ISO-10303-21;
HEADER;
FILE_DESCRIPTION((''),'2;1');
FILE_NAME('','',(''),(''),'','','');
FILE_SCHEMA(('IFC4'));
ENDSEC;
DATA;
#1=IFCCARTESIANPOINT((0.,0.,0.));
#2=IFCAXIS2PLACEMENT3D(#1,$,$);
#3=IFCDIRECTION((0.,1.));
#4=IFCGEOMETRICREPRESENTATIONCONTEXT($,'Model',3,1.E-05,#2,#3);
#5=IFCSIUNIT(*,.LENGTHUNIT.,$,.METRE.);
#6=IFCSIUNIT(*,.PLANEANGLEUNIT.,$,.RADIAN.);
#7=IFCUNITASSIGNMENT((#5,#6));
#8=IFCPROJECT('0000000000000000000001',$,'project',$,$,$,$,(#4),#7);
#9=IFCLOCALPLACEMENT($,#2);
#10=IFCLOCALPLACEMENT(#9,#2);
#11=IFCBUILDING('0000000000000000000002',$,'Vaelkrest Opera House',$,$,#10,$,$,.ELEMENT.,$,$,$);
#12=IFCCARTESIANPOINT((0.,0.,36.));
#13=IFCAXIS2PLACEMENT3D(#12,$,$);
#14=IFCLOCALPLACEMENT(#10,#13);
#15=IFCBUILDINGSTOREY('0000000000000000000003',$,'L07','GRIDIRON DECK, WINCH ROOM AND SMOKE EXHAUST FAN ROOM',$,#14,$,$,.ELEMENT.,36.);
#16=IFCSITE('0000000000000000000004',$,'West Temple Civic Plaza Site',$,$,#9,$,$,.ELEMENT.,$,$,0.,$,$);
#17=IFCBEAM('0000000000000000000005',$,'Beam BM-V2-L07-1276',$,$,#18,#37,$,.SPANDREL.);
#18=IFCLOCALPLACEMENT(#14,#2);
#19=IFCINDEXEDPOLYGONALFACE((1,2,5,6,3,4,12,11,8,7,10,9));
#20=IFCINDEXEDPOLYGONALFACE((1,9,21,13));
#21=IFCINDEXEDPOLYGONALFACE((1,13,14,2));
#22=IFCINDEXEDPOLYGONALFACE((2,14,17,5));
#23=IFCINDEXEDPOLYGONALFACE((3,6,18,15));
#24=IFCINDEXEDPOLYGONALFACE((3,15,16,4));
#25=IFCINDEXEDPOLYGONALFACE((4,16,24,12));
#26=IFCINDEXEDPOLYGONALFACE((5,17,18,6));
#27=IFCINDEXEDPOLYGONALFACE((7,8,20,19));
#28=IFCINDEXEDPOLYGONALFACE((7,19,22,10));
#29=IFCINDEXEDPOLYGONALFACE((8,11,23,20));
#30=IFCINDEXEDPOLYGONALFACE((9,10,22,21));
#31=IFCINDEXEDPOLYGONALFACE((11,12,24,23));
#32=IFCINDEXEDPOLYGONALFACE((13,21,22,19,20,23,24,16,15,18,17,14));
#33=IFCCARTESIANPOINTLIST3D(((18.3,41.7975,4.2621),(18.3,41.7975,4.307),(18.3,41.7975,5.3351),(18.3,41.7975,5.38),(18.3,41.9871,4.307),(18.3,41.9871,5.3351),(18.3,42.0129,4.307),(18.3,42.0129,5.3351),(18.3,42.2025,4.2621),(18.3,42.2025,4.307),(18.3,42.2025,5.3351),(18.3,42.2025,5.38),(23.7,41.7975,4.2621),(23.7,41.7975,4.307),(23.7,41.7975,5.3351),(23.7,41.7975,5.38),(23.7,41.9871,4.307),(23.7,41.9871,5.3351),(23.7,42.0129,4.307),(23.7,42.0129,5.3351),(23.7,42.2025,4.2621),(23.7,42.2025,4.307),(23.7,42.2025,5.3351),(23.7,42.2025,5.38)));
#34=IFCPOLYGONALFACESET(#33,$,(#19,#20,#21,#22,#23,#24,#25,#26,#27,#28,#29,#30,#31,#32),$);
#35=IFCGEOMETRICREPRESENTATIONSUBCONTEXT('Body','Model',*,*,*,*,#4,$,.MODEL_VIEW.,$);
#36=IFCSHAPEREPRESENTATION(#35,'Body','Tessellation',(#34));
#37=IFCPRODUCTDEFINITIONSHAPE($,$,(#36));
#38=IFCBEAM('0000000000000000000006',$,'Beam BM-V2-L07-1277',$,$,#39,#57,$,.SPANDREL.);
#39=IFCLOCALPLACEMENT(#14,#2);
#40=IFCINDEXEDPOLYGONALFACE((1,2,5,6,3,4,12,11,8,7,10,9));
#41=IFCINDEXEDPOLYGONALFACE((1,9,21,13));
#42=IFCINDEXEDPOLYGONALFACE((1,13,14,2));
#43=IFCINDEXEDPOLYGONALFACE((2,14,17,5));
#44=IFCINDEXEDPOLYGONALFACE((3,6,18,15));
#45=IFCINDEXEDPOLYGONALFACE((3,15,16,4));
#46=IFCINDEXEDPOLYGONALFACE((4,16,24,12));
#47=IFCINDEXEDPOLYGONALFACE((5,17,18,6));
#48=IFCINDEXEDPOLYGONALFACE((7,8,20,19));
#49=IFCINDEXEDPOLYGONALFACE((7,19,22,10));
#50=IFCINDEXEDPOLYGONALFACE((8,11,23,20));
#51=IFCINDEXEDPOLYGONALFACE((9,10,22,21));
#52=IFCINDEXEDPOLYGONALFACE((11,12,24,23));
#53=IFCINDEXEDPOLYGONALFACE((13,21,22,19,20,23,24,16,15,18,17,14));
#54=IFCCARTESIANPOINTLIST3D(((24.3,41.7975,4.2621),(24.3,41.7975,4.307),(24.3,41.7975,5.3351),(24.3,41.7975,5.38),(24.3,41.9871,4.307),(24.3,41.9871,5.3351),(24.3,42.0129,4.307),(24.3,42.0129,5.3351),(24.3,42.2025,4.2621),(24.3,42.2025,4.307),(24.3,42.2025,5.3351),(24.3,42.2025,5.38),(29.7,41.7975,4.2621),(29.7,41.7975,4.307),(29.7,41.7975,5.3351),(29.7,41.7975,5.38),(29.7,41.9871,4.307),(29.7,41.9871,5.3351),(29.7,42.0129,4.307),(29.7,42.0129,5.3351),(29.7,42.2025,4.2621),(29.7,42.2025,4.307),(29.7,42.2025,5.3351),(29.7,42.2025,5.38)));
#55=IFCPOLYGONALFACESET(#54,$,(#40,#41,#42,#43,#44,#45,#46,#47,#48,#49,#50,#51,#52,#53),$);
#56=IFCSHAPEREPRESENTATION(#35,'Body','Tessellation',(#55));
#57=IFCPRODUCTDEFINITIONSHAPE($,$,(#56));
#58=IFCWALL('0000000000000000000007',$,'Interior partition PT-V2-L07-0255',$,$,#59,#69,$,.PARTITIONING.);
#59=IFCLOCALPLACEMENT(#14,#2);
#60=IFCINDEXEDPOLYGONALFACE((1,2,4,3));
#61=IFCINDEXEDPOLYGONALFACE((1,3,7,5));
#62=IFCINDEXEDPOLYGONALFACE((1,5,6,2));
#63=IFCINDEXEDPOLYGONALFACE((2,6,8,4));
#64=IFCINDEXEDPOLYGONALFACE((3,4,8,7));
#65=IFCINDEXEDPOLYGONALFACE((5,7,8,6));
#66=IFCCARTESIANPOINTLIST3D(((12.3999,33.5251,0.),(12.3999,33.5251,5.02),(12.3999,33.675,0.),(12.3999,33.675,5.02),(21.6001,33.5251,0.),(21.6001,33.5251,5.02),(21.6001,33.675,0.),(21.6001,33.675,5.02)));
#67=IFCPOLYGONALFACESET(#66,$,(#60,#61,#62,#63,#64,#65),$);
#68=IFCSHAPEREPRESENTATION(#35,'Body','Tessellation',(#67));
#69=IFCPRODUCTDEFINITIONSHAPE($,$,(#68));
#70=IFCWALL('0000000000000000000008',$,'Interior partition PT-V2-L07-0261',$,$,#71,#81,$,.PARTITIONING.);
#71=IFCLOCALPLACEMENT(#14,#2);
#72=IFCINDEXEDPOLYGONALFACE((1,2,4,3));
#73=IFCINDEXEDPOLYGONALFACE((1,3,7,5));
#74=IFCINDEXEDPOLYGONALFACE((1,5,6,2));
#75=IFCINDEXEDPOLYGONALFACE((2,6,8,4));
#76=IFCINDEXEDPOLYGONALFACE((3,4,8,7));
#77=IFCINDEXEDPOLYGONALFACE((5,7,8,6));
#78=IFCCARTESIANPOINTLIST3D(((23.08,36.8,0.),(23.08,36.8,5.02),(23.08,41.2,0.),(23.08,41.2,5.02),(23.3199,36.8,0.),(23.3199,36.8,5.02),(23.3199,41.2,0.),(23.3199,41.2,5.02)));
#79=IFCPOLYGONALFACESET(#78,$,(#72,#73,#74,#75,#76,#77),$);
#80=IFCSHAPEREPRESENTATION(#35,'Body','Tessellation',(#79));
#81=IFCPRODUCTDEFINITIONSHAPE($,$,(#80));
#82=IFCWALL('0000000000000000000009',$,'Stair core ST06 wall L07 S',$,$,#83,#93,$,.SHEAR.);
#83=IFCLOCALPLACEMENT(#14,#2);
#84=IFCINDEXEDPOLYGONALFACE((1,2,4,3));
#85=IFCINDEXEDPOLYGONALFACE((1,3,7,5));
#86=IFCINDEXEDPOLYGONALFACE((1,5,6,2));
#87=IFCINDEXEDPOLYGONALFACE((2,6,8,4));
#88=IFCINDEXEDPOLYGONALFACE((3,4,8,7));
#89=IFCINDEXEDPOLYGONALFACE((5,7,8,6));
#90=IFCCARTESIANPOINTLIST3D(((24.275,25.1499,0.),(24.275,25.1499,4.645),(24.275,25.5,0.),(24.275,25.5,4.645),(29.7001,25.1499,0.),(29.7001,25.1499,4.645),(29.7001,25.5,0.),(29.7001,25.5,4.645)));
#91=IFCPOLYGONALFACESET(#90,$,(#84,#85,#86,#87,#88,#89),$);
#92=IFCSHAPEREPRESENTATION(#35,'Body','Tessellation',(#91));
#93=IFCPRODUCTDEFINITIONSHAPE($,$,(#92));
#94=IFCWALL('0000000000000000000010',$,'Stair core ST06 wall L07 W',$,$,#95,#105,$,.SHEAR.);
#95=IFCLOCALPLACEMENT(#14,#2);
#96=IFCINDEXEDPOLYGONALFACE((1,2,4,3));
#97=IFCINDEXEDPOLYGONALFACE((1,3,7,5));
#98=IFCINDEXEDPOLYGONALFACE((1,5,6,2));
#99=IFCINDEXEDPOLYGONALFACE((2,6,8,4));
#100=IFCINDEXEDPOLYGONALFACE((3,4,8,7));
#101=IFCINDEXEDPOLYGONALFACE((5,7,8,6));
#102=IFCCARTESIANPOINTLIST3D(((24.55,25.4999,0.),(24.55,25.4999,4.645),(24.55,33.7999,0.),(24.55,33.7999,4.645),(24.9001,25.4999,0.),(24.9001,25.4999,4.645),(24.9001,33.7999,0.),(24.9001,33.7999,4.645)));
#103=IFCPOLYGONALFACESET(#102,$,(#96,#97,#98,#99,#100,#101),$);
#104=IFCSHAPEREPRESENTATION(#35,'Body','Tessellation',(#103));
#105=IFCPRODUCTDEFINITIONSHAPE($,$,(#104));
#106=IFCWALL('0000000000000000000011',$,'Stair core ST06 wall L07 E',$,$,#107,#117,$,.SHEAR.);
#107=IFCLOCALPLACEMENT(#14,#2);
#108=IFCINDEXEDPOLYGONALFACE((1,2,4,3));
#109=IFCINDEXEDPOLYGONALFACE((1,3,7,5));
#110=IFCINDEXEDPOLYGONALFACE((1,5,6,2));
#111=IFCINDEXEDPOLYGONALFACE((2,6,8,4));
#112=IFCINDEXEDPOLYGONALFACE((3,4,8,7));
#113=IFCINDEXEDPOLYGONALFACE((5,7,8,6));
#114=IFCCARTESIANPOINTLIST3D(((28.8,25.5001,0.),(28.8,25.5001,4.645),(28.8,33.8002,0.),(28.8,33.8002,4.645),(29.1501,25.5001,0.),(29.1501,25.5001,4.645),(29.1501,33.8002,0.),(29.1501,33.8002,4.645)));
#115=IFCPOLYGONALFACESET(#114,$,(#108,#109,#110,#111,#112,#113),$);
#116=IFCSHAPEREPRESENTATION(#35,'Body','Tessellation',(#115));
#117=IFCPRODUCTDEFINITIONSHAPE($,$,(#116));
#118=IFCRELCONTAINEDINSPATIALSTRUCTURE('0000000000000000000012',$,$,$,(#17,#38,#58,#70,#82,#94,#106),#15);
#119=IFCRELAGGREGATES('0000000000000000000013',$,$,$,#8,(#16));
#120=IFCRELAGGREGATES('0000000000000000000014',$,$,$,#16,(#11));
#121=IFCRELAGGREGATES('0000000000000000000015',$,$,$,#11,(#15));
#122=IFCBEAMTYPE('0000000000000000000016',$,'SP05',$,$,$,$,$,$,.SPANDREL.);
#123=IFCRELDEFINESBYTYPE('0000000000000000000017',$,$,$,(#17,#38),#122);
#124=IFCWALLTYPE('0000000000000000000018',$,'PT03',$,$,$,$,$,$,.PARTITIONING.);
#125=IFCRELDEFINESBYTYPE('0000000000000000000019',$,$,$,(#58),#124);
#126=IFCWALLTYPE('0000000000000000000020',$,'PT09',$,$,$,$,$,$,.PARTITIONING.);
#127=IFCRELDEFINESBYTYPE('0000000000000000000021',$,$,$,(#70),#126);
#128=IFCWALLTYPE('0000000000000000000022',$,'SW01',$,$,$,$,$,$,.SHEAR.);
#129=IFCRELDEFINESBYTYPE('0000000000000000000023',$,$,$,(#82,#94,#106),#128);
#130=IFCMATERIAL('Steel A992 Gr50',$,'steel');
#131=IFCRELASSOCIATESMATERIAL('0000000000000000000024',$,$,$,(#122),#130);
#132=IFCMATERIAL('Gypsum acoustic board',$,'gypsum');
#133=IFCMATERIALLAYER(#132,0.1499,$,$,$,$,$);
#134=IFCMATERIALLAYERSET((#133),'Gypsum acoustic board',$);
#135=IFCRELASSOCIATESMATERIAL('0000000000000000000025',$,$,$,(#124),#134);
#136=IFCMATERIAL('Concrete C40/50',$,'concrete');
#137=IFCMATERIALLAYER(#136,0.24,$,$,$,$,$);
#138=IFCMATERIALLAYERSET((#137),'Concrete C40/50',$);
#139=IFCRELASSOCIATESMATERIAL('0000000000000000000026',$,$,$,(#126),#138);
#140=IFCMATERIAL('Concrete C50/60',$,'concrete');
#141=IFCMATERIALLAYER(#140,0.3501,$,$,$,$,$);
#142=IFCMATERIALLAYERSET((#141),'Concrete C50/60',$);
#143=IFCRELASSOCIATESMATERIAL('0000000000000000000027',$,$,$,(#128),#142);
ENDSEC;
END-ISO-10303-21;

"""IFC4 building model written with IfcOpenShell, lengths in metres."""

from ifc_helpers import new_model, si_unit, direction, frame, frame_2d, origin, origin_2d, place, context, subcontext, project, spatial, rectangle, i_section, extrude, material, layer, layer_set, material_profile, profile_set, type_object, element, save


model = new_model("IFC4")

# Units and contexts
model_context = context("Model", 3, precision=1e-05, world=origin(), true_north=direction((0.0, 1.0)))
body_context = subcontext(model_context, "Body", "Model", "MODEL_VIEW")
ifc_project = project(units=[si_unit("LENGTHUNIT", "METRE"), si_unit("PLANEANGLEUNIT", "RADIAN")], contexts=[model_context])

# Site, building, storey
site_placement = place(None, origin())
site = spatial("IfcSite", under=ifc_project, at=site_placement, Name="West Temple Civic Plaza Site", CompositionType="ELEMENT", RefElevation=0.0)
building_placement = place(site_placement, origin())
building = spatial("IfcBuilding", under=site, at=building_placement, Name="Vaelkrest Opera House", CompositionType="ELEMENT")
storey_placement = place(building_placement, frame((0.0, 0.0, 36.0)))
storey = spatial("IfcBuildingStorey", under=building, at=storey_placement, Name="L07", Description="GRIDIRON DECK, WINCH ROOM AND SMOKE EXHAUST FAN ROOM", CompositionType="ELEMENT", Elevation=36.0)

# Shared definitions
ifc_material_1 = material(Name="Concrete C50/60", Category="concrete")

# Beams
ifc_material_2 = material(Name="Steel A992 Gr50", Category="steel")
ifc_material_profile_1 = material_profile(ifc_material_2, i_section(OverallWidth=0.405, OverallDepth=1.1179, WebThickness=0.0259, FlangeThickness=0.0449, at=origin_2d()), Name="W44X335")
ifc_profile_set_1 = profile_set([ifc_material_profile_1], Name="Steel A992 Gr50")
beam_type_1 = type_object("IfcBeamType", Name="SP05", PredefinedType="SPANDREL", material=ifc_profile_set_1)
for number, where, z_axis, x_axis, name in (
    (1, (18.3, 42.0, 4.821), (1.0, 0.0, 0.0), (0.0, 1.0, 0.0), "Beam BM-V2-L07-1276"),
    (2, (24.3, 42.0, 4.821), (1.0, 0.0, 0.0), (0.0, 1.0, 0.0), "Beam BM-V2-L07-1277"),
):
    element("IfcBeam", number, at=place(storey_placement, frame(where, z_axis=z_axis, x_axis=x_axis)), inside=storey, type_object=beam_type_1, Name=name, PredefinedType="SPANDREL", context=body_context, shape_type="SweptSolid", body=[
        extrude(i_section(OverallWidth=0.405, OverallDepth=1.1179, WebThickness=0.0259, FlangeThickness=0.0449, at=origin_2d()), origin(), (0.0, 0.0, 1.0), 5.3999),
    ])

# Walls
ifc_material_3 = material(Name="Gypsum acoustic board", Category="gypsum")
ifc_layer_1 = layer(ifc_material_3, 0.1499)
ifc_layer_set_1 = layer_set([ifc_layer_1], Name="Gypsum acoustic board")
wall_type_1 = type_object("IfcWallType", Name="PT03", PredefinedType="PARTITIONING", material=ifc_layer_set_1)
wall_1_placement = place(storey_placement, frame((12.3999, 33.6001, 0.0), z_axis=(0.0, 0.0, 1.0), x_axis=(1.0, 0.0, 0.0)))
element("IfcWall", 3, at=wall_1_placement, inside=storey, type_object=wall_type_1, Name="Interior partition PT-V2-L07-0255", PredefinedType="PARTITIONING", context=body_context, shape_type="SweptSolid", body=[
    extrude(rectangle(XDim=9.2002, YDim=0.1499, at=frame_2d((4.6001, 0.0))), origin(), (0.0, 0.0, 1.0), 5.02),
])
ifc_material_4 = material(Name="Concrete C40/50", Category="concrete")
ifc_layer_2 = layer(ifc_material_4, 0.24)
ifc_layer_set_2 = layer_set([ifc_layer_2], Name="Concrete C40/50")
wall_type_2 = type_object("IfcWallType", Name="PT09", PredefinedType="PARTITIONING", material=ifc_layer_set_2)
wall_2_placement = place(storey_placement, frame((23.2, 36.8, 0.0), z_axis=(0.0, 0.0, 1.0), x_axis=(0.0, 1.0, 0.0)))
element("IfcWall", 4, at=wall_2_placement, inside=storey, type_object=wall_type_2, Name="Interior partition PT-V2-L07-0261", PredefinedType="PARTITIONING", context=body_context, shape_type="SweptSolid", body=[
    extrude(rectangle(XDim=4.3999, YDim=0.24, at=frame_2d((2.2, 0.0))), origin(), (0.0, 0.0, 1.0), 5.02),
])
ifc_layer_3 = layer(ifc_material_1, 0.3501)
ifc_layer_set_3 = layer_set([ifc_layer_3], Name="Concrete C50/60")
wall_type_3 = type_object("IfcWallType", Name="SW01", PredefinedType="SHEAR", material=ifc_layer_set_3)
wall_3_placement = place(storey_placement, frame((29.7, 25.325, 0.0), z_axis=(0.0, 0.0, 1.0), x_axis=(-1.0, 0.0, 0.0)))
element("IfcWall", 5, at=wall_3_placement, inside=storey, type_object=wall_type_3, Name="Stair core ST06 wall L07 S", PredefinedType="SHEAR", context=body_context, shape_type="SweptSolid", body=[
    extrude(rectangle(XDim=5.425, YDim=0.3501, at=frame_2d((2.7124, 0.0))), origin(), (0.0, 0.0, 1.0), 4.645),
])
wall_4_placement = place(storey_placement, frame((24.7251, 25.5, 0.0), z_axis=(0.0, 0.0, 1.0), x_axis=(0.0, 1.0, 0.0)))
element("IfcWall", 6, at=wall_4_placement, inside=storey, type_object=wall_type_3, Name="Stair core ST06 wall L07 W", PredefinedType="SHEAR", context=body_context, shape_type="SweptSolid", body=[
    extrude(rectangle(XDim=8.3, YDim=0.3501, at=frame_2d((4.1499, 0.0))), origin(), (0.0, 0.0, 1.0), 4.645),
])

# Wall
wall_5_placement = place(storey_placement, frame((28.9751, 33.8, 0.0), z_axis=(0.0, 0.0, 1.0), x_axis=(0.0, -1.0, 0.0)))
element("IfcWall", 7, at=wall_5_placement, inside=storey, type_object=wall_type_3, Name="Stair core ST06 wall L07 E", PredefinedType="SHEAR", context=body_context, shape_type="SweptSolid", body=[
    extrude(rectangle(XDim=8.3, YDim=0.3501, at=frame_2d((4.1499, 0.0))), origin(), (0.0, 0.0, 1.0), 4.645),
])

save(model, "model.ifc")
